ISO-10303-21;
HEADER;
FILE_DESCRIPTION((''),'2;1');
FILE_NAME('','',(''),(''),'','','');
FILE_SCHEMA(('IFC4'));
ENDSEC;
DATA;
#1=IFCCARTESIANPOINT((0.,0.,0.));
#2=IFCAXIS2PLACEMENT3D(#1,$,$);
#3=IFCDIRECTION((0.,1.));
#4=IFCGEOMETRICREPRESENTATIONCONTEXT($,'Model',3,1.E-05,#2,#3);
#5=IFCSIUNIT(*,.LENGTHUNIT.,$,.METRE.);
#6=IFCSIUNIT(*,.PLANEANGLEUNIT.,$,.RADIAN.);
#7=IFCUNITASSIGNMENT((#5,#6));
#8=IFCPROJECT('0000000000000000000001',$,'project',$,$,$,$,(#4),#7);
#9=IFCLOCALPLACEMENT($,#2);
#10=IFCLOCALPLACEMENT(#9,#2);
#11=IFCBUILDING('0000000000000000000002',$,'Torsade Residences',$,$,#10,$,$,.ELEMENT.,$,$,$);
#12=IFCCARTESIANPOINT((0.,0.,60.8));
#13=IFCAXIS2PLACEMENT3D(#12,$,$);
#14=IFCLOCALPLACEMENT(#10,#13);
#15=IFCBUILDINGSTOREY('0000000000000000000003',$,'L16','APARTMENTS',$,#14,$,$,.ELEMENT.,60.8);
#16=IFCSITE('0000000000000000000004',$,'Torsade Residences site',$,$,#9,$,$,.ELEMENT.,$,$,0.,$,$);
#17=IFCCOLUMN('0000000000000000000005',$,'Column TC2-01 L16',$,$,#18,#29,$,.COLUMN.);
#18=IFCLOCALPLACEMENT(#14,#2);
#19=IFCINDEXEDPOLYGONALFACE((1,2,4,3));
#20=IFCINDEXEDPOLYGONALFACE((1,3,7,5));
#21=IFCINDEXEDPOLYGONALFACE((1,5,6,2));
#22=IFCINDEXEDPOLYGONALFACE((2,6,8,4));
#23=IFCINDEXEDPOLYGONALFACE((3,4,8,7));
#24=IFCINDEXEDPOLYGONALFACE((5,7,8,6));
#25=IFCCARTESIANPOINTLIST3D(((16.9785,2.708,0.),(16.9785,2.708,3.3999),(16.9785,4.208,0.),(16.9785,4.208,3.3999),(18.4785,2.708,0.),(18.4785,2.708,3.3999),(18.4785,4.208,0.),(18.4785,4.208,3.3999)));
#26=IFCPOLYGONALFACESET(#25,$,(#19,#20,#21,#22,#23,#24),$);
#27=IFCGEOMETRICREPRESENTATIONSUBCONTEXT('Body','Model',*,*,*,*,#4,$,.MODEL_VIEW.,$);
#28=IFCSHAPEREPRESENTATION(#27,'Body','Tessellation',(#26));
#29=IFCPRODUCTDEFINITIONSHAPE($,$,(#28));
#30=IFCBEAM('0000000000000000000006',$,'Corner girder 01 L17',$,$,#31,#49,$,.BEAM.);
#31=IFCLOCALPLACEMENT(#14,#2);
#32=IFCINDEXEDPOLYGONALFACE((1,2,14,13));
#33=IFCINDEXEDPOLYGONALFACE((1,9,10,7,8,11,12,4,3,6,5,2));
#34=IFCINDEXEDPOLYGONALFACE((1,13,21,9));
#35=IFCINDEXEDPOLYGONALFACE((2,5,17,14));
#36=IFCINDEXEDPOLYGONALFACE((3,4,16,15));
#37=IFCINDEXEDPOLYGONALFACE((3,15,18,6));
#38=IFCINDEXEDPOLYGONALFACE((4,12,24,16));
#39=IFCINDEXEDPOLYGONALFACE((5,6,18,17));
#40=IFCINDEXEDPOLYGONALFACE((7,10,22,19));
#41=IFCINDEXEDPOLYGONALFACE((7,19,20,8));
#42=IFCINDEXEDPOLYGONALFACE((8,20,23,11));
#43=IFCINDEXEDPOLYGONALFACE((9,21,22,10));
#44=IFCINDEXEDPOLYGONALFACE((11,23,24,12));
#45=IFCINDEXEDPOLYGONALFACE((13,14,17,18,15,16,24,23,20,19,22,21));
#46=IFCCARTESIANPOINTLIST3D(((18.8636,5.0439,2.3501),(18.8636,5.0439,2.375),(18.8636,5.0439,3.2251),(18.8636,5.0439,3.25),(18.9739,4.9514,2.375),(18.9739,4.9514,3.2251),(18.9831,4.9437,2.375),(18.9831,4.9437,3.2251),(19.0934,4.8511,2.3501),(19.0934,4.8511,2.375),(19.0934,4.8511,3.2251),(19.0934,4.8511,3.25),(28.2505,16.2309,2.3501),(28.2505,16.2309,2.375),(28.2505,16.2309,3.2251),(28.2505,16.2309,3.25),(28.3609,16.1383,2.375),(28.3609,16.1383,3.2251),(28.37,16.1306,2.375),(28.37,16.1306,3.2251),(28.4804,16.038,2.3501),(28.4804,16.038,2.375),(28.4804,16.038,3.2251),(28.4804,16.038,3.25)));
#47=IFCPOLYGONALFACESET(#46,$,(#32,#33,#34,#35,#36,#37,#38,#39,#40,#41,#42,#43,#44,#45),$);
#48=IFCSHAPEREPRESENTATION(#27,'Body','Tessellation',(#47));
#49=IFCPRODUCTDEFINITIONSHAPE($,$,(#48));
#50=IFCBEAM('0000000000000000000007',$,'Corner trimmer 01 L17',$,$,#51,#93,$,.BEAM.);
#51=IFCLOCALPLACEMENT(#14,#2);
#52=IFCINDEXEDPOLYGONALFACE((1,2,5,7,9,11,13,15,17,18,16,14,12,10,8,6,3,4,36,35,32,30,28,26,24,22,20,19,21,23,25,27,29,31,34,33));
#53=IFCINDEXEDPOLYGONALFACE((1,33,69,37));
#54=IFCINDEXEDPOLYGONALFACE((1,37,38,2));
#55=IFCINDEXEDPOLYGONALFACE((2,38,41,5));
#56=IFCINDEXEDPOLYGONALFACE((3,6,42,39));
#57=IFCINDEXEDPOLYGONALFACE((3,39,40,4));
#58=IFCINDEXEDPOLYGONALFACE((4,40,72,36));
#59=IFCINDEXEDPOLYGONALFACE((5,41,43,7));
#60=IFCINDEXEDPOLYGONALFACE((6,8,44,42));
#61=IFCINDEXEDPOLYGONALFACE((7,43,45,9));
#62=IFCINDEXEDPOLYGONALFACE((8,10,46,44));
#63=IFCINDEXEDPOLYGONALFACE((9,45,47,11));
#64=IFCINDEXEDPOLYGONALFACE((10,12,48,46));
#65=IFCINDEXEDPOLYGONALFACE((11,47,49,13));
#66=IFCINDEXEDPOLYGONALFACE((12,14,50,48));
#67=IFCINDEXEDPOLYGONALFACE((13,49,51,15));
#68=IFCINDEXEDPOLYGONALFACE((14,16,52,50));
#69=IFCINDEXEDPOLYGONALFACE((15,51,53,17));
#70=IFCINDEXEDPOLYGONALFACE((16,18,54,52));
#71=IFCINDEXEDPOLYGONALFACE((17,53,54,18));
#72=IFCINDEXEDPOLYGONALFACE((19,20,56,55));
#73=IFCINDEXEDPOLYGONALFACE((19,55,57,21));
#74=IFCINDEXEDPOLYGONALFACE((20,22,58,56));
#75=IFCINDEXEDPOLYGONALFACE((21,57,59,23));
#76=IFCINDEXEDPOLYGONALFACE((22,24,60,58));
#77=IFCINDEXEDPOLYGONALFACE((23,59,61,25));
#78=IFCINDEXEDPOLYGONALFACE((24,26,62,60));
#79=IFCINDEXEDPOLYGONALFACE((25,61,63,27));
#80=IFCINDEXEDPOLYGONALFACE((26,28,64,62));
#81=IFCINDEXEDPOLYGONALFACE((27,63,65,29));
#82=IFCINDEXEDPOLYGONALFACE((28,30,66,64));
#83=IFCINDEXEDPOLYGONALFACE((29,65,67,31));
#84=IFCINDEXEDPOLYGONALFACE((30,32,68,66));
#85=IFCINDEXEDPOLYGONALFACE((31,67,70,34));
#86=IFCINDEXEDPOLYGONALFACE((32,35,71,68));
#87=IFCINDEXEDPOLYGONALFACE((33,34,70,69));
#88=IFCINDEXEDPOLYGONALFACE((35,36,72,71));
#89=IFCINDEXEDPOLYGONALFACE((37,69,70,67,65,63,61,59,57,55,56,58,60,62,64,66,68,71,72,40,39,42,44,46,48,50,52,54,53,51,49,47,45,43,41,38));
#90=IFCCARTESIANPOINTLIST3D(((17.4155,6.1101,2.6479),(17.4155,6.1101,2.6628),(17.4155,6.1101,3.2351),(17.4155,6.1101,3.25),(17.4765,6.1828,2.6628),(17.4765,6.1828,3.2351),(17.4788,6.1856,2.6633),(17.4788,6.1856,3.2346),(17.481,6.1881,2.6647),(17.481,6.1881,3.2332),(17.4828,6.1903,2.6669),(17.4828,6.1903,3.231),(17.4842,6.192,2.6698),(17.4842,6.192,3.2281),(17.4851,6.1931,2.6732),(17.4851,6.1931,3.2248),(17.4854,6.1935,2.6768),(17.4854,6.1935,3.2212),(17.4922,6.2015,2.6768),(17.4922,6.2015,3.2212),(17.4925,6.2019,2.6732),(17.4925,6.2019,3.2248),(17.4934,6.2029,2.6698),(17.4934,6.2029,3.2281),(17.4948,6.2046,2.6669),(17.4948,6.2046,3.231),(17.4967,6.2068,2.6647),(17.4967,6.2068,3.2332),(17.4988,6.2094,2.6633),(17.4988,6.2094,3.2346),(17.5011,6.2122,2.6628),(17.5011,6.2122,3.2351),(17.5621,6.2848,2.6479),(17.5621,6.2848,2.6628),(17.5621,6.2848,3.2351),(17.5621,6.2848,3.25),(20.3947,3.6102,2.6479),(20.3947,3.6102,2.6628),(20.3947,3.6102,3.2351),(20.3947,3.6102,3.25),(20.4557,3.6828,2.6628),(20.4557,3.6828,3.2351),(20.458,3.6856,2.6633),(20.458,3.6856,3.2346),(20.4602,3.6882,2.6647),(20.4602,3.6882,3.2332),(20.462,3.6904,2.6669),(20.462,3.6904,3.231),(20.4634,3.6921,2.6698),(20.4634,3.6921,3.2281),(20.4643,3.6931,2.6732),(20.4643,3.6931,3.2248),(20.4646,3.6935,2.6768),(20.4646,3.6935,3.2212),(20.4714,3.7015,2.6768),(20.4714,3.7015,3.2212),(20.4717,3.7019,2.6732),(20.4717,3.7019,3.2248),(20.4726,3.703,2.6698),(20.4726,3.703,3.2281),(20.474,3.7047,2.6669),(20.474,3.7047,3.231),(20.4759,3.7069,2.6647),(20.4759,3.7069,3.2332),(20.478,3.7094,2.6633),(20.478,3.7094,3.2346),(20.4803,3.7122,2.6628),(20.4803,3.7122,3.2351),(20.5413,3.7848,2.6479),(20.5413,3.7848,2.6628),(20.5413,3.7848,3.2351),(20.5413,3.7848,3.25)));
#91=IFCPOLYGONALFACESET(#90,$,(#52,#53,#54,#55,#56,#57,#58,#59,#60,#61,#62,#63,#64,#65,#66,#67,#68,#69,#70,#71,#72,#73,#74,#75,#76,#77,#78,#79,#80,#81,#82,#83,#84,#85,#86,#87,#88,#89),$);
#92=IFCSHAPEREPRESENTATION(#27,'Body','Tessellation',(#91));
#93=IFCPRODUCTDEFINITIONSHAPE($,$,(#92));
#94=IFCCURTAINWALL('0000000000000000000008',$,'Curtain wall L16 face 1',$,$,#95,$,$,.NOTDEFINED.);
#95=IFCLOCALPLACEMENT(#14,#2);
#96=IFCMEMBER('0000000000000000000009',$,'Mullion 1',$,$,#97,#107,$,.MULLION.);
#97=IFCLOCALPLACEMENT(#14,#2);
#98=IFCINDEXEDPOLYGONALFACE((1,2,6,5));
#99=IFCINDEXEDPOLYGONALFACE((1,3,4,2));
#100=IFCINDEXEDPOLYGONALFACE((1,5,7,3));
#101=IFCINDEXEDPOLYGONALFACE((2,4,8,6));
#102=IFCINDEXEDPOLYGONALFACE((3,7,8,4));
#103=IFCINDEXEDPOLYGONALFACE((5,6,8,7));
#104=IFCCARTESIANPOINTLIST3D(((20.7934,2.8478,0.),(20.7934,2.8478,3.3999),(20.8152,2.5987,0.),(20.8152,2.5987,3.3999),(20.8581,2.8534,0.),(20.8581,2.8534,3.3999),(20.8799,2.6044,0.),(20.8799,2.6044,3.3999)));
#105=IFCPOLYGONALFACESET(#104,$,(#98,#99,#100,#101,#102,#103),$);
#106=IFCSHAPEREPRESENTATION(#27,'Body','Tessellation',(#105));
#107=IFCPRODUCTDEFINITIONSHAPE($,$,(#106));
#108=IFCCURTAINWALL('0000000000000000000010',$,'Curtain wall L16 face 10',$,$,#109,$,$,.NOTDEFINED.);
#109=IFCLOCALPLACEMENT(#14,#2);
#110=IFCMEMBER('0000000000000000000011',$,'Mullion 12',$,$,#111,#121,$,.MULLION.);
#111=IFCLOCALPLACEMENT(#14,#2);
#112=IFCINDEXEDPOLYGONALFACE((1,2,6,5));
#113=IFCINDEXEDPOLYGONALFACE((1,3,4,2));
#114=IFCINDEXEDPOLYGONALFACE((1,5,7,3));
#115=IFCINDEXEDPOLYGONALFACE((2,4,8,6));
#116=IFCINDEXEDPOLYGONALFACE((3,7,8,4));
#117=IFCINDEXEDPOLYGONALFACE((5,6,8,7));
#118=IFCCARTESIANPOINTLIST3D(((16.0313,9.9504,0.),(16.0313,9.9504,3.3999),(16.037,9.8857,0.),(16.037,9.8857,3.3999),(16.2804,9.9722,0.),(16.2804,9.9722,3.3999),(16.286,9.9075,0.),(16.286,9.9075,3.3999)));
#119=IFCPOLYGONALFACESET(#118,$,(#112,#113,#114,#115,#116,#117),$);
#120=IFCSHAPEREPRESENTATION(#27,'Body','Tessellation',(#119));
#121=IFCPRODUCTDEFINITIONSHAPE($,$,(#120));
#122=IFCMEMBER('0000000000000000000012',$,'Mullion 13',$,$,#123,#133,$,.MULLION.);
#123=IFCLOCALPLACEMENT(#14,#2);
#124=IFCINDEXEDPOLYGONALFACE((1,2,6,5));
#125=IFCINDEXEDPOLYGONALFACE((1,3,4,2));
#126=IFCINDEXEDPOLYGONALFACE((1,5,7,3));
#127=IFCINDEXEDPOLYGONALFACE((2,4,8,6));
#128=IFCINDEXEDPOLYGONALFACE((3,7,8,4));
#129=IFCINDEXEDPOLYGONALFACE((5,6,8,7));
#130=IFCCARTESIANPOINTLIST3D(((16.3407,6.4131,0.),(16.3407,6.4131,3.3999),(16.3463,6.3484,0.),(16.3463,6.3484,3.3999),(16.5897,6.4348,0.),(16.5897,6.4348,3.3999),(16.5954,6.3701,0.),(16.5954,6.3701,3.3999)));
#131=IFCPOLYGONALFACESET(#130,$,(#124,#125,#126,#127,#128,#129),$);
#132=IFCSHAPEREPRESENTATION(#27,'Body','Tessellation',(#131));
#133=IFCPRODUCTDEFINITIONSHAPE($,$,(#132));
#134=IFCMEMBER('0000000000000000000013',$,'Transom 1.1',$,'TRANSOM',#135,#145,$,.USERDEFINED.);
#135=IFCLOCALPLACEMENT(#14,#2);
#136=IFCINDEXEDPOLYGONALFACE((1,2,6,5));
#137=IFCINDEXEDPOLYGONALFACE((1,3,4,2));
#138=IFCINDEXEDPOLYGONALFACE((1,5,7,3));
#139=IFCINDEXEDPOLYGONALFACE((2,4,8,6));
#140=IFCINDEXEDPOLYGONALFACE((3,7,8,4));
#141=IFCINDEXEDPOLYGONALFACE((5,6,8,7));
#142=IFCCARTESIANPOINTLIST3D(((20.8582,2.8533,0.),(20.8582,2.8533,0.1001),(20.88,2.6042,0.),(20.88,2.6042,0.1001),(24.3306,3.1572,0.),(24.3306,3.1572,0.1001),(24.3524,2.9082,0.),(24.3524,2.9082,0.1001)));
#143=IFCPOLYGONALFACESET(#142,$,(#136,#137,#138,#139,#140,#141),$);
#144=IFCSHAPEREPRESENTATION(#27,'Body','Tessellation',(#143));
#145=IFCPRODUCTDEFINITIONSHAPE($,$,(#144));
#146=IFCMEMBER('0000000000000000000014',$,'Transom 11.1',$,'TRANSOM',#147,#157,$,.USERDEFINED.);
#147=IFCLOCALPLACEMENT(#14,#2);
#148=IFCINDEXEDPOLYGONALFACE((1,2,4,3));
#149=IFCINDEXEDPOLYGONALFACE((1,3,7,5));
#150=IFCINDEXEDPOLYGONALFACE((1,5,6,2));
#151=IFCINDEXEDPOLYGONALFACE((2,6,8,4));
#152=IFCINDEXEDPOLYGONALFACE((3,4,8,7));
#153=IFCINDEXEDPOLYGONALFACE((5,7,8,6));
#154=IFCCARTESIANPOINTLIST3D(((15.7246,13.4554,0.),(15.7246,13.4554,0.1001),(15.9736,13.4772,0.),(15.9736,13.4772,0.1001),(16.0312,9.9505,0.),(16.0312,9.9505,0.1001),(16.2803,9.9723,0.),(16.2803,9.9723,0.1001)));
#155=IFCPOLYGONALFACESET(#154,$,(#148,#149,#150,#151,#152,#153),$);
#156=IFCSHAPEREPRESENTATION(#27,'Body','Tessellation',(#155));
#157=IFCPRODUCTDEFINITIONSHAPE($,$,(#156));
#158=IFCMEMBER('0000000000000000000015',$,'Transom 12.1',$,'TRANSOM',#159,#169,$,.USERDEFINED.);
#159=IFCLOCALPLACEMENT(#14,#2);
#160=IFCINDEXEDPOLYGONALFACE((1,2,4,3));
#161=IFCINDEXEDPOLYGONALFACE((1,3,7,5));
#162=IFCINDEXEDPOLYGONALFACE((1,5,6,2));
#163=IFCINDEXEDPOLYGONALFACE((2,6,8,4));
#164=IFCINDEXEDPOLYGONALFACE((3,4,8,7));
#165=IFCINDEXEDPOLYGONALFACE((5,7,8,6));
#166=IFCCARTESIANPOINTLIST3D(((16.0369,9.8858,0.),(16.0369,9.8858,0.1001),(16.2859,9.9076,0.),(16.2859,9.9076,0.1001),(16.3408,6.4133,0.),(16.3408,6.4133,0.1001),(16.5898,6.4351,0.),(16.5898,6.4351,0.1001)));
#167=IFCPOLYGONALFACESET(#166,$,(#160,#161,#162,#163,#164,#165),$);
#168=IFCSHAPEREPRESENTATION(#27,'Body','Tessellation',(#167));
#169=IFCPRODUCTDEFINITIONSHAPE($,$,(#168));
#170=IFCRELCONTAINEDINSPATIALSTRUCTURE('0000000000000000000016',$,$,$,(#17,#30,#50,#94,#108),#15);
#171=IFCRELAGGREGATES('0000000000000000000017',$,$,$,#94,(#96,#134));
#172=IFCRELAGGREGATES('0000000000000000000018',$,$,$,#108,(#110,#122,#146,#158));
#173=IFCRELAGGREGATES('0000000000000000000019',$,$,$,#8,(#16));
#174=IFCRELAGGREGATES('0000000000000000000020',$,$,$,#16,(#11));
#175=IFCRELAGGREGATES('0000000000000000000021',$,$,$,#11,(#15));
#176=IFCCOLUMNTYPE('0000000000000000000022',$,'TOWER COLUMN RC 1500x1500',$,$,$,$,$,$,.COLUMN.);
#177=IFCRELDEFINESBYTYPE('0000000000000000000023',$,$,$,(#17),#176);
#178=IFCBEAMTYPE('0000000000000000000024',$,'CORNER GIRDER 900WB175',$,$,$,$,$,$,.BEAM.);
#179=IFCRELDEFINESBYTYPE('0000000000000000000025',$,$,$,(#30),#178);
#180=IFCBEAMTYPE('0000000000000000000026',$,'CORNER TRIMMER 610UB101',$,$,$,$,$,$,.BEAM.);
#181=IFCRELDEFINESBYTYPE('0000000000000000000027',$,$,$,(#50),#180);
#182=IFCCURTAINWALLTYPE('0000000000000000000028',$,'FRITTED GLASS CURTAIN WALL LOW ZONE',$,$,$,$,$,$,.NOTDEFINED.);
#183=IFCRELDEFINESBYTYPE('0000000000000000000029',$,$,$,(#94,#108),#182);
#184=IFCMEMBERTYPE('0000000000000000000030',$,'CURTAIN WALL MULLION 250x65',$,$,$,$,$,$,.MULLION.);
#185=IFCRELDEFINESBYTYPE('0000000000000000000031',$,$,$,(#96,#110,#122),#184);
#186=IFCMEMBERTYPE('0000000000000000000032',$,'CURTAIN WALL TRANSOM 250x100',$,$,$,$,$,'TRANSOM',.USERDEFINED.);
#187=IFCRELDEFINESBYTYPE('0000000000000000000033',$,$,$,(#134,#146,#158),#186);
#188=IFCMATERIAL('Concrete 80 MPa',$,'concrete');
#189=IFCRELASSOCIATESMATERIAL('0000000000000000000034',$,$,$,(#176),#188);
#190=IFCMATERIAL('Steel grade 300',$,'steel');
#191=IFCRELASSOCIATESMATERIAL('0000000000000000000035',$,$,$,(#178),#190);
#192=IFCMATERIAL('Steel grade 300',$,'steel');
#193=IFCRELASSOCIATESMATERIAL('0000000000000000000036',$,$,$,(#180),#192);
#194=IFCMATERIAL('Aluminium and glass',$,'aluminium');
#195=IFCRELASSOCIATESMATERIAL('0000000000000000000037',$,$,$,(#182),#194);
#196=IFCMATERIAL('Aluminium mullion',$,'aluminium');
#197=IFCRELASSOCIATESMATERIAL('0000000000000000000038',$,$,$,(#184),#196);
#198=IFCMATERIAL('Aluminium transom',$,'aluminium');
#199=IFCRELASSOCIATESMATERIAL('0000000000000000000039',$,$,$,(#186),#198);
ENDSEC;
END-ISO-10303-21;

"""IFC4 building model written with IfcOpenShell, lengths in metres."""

from ifc_helpers import new_model, si_unit, direction, frame, origin, origin_2d, place, context, subcontext, project, spatial, rectangle, i_section, extrude, material, material_profile, profile_set, type_object, element, aggregate, save


model = new_model("IFC4")

# Units and contexts
model_context = context("Model", 3, precision=1e-05, world=origin(), true_north=direction((0.0, 1.0)))
body_context = subcontext(model_context, "Body", "Model", "MODEL_VIEW")
ifc_project = project(units=[si_unit("LENGTHUNIT", "METRE"), si_unit("PLANEANGLEUNIT", "RADIAN")], contexts=[model_context])

# Site, building, storey
site_placement = place(None, origin())
site = spatial("IfcSite", under=ifc_project, at=site_placement, Name="Torsade Residences site", CompositionType="ELEMENT", RefElevation=0.0)
building_placement = place(site_placement, origin())
building = spatial("IfcBuilding", under=site, at=building_placement, Name="Torsade Residences", CompositionType="ELEMENT")
storey_placement = place(building_placement, frame((0.0, 0.0, 60.8)))
storey = spatial("IfcBuildingStorey", under=building, at=storey_placement, Name="L16", Description="APARTMENTS", CompositionType="ELEMENT", Elevation=60.8)

# Column
ifc_material_1 = material(Name="Concrete 80 MPa", Category="concrete")
ifc_material_profile_1 = material_profile(ifc_material_1, rectangle(XDim=1.5, YDim=1.5, at=origin_2d()), Name="RC 1500x1500")
ifc_profile_set_1 = profile_set([ifc_material_profile_1], Name="Concrete 80 MPa")
column_type = type_object("IfcColumnType", Name="TOWER COLUMN RC 1500x1500", PredefinedType="COLUMN", material=ifc_profile_set_1)
column_placement = place(storey_placement, frame((17.7285, 3.458, 0.0), z_axis=(0.0, 0.0, 1.0), x_axis=(1.0, 0.0, 0.0)))
element("IfcColumn", 1, at=column_placement, inside=storey, type_object=column_type, Name="Column TC2-01 L16", PredefinedType="COLUMN", context=body_context, shape_type="SweptSolid", body=[
    extrude(rectangle(XDim=1.5, YDim=1.5, at=origin_2d()), origin(), (0.0, 0.0, 1.0), 3.3999),
])

# Beams
ifc_material_2 = material(Name="Steel grade 300", Category="steel")
ifc_material_profile_2 = material_profile(ifc_material_2, i_section(OverallWidth=0.3, OverallDepth=0.8999, WebThickness=0.012, FlangeThickness=0.0249, at=origin_2d()), Name="900WB175")
ifc_profile_set_2 = profile_set([ifc_material_profile_2], Name="Steel grade 300")
beam_type_1 = type_object("IfcBeamType", Name="CORNER GIRDER 900WB175", PredefinedType="BEAM", material=ifc_profile_set_2)
beam_1_placement = place(storey_placement, frame((18.9785, 4.9475, 2.8), z_axis=(0.642785, 0.766046, 0.0), x_axis=(-0.766046, 0.642785, 0.0)))
element("IfcBeam", 2, at=beam_1_placement, inside=storey, type_object=beam_type_1, Name="Corner girder 01 L17", PredefinedType="BEAM", context=body_context, shape_type="SweptSolid", body=[
    extrude(i_section(OverallWidth=0.3, OverallDepth=0.8999, WebThickness=0.012, FlangeThickness=0.0249, at=origin_2d()), origin(), (0.0, 0.0, 1.0), 14.6035),
])
ifc_material_3 = material(Name="Steel grade 300", Category="steel")
ifc_material_profile_3 = material_profile(ifc_material_3, i_section(OverallWidth=0.228, OverallDepth=0.6021, WebThickness=0.0105, FlangeThickness=0.0149, FilletRadius=0.0139, at=origin_2d()), Name="610UB101")
ifc_profile_set_3 = profile_set([ifc_material_profile_3], Name="Steel grade 300")
beam_type_2 = type_object("IfcBeamType", Name="CORNER TRIMMER 610UB101", PredefinedType="BEAM", material=ifc_profile_set_3)
beam_2_placement = place(storey_placement, frame((20.468, 3.6975, 2.949), z_axis=(-0.76603, 0.642805, 0.0), x_axis=(-0.642805, -0.76603, 0.0)))
element("IfcBeam", 3, at=beam_2_placement, inside=storey, type_object=beam_type_2, Name="Corner trimmer 01 L17", PredefinedType="BEAM", context=body_context, shape_type="SweptSolid", body=[
    extrude(i_section(OverallWidth=0.228, OverallDepth=0.6021, WebThickness=0.0105, FlangeThickness=0.0149, FilletRadius=0.0139, at=origin_2d()), origin(), (0.0, 0.0, 1.0), 3.8892),
])

# Curtain wall, member
ifc_material_4 = material(Name="Aluminium and glass", Category="aluminium")
curtain_wall_type = type_object("IfcCurtainWallType", Name="FRITTED GLASS CURTAIN WALL LOW ZONE", PredefinedType="NOTDEFINED", material=ifc_material_4)
curtain_wall_1_placement = place(storey_placement, origin())
curtain_wall_1 = element("IfcCurtainWall", 4, at=curtain_wall_1_placement, inside=storey, type_object=curtain_wall_type, Name="Curtain wall L16 face 1", PredefinedType="NOTDEFINED")
ifc_material_5 = material(Name="Aluminium mullion", Category="aluminium")
ifc_material_profile_4 = material_profile(ifc_material_5, rectangle(XDim=0.25, YDim=0.0649, at=origin_2d()), Name="CURTAIN WALL MULLION 250x65")
ifc_profile_set_4 = profile_set([ifc_material_profile_4], Name="Aluminium mullion")
member_type_1 = type_object("IfcMemberType", Name="CURTAIN WALL MULLION 250x65", PredefinedType="MULLION", material=ifc_profile_set_4)
member_1_placement = place(storey_placement, frame((20.8367, 2.7261, 0.0), z_axis=(0.0, 0.0, 1.0), x_axis=(-0.087156, 0.996195, 0.0)))
member_1 = element("IfcMember", 5, at=member_1_placement, type_object=member_type_1, Name="Mullion 1", PredefinedType="MULLION", context=body_context, shape_type="SweptSolid", body=[
    extrude(rectangle(XDim=0.25, YDim=0.0649, at=origin_2d()), origin(), (0.0, 0.0, 1.0), 3.3999),
])

# Curtain wall, members
curtain_wall_2_placement = place(storey_placement, origin())
curtain_wall_2 = element("IfcCurtainWall", 6, at=curtain_wall_2_placement, inside=storey, type_object=curtain_wall_type, Name="Curtain wall L16 face 10", PredefinedType="NOTDEFINED")
member_2_placement = place(storey_placement, frame((16.1587, 9.929, 0.0), z_axis=(0.0, 0.0, 1.0), x_axis=(0.996195, 0.087156, 0.0)))
member_2 = element("IfcMember", 7, at=member_2_placement, type_object=member_type_1, Name="Mullion 12", PredefinedType="MULLION", context=body_context, shape_type="SweptSolid", body=[
    extrude(rectangle(XDim=0.25, YDim=0.0649, at=origin_2d()), origin(), (0.0, 0.0, 1.0), 3.3999),
])
member_3_placement = place(storey_placement, frame((16.468, 6.3916, 0.0), z_axis=(0.0, 0.0, 1.0), x_axis=(0.996195, 0.087156, 0.0)))
member_3 = element("IfcMember", 8, at=member_3_placement, type_object=member_type_1, Name="Mullion 13", PredefinedType="MULLION", context=body_context, shape_type="SweptSolid", body=[
    extrude(rectangle(XDim=0.25, YDim=0.0649, at=origin_2d()), origin(), (0.0, 0.0, 1.0), 3.3999),
])

# Members
ifc_material_6 = material(Name="Aluminium transom", Category="aluminium")
ifc_material_profile_5 = material_profile(ifc_material_6, rectangle(XDim=0.25, YDim=0.1001, at=origin_2d()), Name="CURTAIN WALL TRANSOM 250x100")
ifc_profile_set_5 = profile_set([ifc_material_profile_5], Name="Aluminium transom")
member_type_2 = type_object("IfcMemberType", Name="CURTAIN WALL TRANSOM 250x100", ElementType="TRANSOM", PredefinedType="USERDEFINED", material=ifc_profile_set_5)
member_4_placement = place(storey_placement, frame((20.8691, 2.7288, 0.05), z_axis=(0.996191, 0.087201, 0.0), x_axis=(-0.087201, 0.996191, 0.0)))
member_4 = element("IfcMember", 9, at=member_4_placement, type_object=member_type_2, Name="Transom 1.1", ObjectType="TRANSOM", PredefinedType="USERDEFINED", context=body_context, shape_type="SweptSolid", body=[
    extrude(rectangle(XDim=0.25, YDim=0.1001, at=origin_2d()), origin(), (0.0, 0.0, 1.0), 3.4856),
])
aggregate(curtain_wall_1, [member_1, member_4])
member_5_placement = place(storey_placement, frame((15.8491, 13.4663, 0.05), z_axis=(0.087157, -0.996195, 0.0), x_axis=(0.996195, 0.087157, 0.0)))
member_5 = element("IfcMember", 10, at=member_5_placement, type_object=member_type_2, Name="Transom 11.1", ObjectType="TRANSOM", PredefinedType="USERDEFINED", context=body_context, shape_type="SweptSolid", body=[
    extrude(rectangle(XDim=0.25, YDim=0.1001, at=origin_2d()), origin(), (0.0, 0.0, 1.0), 3.5183),
])
member_6_placement = place(storey_placement, frame((16.1614, 9.8967, 0.05), z_axis=(0.087195, -0.996191, 0.0), x_axis=(0.996191, 0.087195, 0.0)))
member_6 = element("IfcMember", 11, at=member_6_placement, type_object=member_type_2, Name="Transom 12.1", ObjectType="TRANSOM", PredefinedType="USERDEFINED", context=body_context, shape_type="SweptSolid", body=[
    extrude(rectangle(XDim=0.25, YDim=0.1001, at=origin_2d()), origin(), (0.0, 0.0, 1.0), 3.4858),
])

aggregate(curtain_wall_2, [member_2, member_3, member_5, member_6])

save(model, "model.ifc")
